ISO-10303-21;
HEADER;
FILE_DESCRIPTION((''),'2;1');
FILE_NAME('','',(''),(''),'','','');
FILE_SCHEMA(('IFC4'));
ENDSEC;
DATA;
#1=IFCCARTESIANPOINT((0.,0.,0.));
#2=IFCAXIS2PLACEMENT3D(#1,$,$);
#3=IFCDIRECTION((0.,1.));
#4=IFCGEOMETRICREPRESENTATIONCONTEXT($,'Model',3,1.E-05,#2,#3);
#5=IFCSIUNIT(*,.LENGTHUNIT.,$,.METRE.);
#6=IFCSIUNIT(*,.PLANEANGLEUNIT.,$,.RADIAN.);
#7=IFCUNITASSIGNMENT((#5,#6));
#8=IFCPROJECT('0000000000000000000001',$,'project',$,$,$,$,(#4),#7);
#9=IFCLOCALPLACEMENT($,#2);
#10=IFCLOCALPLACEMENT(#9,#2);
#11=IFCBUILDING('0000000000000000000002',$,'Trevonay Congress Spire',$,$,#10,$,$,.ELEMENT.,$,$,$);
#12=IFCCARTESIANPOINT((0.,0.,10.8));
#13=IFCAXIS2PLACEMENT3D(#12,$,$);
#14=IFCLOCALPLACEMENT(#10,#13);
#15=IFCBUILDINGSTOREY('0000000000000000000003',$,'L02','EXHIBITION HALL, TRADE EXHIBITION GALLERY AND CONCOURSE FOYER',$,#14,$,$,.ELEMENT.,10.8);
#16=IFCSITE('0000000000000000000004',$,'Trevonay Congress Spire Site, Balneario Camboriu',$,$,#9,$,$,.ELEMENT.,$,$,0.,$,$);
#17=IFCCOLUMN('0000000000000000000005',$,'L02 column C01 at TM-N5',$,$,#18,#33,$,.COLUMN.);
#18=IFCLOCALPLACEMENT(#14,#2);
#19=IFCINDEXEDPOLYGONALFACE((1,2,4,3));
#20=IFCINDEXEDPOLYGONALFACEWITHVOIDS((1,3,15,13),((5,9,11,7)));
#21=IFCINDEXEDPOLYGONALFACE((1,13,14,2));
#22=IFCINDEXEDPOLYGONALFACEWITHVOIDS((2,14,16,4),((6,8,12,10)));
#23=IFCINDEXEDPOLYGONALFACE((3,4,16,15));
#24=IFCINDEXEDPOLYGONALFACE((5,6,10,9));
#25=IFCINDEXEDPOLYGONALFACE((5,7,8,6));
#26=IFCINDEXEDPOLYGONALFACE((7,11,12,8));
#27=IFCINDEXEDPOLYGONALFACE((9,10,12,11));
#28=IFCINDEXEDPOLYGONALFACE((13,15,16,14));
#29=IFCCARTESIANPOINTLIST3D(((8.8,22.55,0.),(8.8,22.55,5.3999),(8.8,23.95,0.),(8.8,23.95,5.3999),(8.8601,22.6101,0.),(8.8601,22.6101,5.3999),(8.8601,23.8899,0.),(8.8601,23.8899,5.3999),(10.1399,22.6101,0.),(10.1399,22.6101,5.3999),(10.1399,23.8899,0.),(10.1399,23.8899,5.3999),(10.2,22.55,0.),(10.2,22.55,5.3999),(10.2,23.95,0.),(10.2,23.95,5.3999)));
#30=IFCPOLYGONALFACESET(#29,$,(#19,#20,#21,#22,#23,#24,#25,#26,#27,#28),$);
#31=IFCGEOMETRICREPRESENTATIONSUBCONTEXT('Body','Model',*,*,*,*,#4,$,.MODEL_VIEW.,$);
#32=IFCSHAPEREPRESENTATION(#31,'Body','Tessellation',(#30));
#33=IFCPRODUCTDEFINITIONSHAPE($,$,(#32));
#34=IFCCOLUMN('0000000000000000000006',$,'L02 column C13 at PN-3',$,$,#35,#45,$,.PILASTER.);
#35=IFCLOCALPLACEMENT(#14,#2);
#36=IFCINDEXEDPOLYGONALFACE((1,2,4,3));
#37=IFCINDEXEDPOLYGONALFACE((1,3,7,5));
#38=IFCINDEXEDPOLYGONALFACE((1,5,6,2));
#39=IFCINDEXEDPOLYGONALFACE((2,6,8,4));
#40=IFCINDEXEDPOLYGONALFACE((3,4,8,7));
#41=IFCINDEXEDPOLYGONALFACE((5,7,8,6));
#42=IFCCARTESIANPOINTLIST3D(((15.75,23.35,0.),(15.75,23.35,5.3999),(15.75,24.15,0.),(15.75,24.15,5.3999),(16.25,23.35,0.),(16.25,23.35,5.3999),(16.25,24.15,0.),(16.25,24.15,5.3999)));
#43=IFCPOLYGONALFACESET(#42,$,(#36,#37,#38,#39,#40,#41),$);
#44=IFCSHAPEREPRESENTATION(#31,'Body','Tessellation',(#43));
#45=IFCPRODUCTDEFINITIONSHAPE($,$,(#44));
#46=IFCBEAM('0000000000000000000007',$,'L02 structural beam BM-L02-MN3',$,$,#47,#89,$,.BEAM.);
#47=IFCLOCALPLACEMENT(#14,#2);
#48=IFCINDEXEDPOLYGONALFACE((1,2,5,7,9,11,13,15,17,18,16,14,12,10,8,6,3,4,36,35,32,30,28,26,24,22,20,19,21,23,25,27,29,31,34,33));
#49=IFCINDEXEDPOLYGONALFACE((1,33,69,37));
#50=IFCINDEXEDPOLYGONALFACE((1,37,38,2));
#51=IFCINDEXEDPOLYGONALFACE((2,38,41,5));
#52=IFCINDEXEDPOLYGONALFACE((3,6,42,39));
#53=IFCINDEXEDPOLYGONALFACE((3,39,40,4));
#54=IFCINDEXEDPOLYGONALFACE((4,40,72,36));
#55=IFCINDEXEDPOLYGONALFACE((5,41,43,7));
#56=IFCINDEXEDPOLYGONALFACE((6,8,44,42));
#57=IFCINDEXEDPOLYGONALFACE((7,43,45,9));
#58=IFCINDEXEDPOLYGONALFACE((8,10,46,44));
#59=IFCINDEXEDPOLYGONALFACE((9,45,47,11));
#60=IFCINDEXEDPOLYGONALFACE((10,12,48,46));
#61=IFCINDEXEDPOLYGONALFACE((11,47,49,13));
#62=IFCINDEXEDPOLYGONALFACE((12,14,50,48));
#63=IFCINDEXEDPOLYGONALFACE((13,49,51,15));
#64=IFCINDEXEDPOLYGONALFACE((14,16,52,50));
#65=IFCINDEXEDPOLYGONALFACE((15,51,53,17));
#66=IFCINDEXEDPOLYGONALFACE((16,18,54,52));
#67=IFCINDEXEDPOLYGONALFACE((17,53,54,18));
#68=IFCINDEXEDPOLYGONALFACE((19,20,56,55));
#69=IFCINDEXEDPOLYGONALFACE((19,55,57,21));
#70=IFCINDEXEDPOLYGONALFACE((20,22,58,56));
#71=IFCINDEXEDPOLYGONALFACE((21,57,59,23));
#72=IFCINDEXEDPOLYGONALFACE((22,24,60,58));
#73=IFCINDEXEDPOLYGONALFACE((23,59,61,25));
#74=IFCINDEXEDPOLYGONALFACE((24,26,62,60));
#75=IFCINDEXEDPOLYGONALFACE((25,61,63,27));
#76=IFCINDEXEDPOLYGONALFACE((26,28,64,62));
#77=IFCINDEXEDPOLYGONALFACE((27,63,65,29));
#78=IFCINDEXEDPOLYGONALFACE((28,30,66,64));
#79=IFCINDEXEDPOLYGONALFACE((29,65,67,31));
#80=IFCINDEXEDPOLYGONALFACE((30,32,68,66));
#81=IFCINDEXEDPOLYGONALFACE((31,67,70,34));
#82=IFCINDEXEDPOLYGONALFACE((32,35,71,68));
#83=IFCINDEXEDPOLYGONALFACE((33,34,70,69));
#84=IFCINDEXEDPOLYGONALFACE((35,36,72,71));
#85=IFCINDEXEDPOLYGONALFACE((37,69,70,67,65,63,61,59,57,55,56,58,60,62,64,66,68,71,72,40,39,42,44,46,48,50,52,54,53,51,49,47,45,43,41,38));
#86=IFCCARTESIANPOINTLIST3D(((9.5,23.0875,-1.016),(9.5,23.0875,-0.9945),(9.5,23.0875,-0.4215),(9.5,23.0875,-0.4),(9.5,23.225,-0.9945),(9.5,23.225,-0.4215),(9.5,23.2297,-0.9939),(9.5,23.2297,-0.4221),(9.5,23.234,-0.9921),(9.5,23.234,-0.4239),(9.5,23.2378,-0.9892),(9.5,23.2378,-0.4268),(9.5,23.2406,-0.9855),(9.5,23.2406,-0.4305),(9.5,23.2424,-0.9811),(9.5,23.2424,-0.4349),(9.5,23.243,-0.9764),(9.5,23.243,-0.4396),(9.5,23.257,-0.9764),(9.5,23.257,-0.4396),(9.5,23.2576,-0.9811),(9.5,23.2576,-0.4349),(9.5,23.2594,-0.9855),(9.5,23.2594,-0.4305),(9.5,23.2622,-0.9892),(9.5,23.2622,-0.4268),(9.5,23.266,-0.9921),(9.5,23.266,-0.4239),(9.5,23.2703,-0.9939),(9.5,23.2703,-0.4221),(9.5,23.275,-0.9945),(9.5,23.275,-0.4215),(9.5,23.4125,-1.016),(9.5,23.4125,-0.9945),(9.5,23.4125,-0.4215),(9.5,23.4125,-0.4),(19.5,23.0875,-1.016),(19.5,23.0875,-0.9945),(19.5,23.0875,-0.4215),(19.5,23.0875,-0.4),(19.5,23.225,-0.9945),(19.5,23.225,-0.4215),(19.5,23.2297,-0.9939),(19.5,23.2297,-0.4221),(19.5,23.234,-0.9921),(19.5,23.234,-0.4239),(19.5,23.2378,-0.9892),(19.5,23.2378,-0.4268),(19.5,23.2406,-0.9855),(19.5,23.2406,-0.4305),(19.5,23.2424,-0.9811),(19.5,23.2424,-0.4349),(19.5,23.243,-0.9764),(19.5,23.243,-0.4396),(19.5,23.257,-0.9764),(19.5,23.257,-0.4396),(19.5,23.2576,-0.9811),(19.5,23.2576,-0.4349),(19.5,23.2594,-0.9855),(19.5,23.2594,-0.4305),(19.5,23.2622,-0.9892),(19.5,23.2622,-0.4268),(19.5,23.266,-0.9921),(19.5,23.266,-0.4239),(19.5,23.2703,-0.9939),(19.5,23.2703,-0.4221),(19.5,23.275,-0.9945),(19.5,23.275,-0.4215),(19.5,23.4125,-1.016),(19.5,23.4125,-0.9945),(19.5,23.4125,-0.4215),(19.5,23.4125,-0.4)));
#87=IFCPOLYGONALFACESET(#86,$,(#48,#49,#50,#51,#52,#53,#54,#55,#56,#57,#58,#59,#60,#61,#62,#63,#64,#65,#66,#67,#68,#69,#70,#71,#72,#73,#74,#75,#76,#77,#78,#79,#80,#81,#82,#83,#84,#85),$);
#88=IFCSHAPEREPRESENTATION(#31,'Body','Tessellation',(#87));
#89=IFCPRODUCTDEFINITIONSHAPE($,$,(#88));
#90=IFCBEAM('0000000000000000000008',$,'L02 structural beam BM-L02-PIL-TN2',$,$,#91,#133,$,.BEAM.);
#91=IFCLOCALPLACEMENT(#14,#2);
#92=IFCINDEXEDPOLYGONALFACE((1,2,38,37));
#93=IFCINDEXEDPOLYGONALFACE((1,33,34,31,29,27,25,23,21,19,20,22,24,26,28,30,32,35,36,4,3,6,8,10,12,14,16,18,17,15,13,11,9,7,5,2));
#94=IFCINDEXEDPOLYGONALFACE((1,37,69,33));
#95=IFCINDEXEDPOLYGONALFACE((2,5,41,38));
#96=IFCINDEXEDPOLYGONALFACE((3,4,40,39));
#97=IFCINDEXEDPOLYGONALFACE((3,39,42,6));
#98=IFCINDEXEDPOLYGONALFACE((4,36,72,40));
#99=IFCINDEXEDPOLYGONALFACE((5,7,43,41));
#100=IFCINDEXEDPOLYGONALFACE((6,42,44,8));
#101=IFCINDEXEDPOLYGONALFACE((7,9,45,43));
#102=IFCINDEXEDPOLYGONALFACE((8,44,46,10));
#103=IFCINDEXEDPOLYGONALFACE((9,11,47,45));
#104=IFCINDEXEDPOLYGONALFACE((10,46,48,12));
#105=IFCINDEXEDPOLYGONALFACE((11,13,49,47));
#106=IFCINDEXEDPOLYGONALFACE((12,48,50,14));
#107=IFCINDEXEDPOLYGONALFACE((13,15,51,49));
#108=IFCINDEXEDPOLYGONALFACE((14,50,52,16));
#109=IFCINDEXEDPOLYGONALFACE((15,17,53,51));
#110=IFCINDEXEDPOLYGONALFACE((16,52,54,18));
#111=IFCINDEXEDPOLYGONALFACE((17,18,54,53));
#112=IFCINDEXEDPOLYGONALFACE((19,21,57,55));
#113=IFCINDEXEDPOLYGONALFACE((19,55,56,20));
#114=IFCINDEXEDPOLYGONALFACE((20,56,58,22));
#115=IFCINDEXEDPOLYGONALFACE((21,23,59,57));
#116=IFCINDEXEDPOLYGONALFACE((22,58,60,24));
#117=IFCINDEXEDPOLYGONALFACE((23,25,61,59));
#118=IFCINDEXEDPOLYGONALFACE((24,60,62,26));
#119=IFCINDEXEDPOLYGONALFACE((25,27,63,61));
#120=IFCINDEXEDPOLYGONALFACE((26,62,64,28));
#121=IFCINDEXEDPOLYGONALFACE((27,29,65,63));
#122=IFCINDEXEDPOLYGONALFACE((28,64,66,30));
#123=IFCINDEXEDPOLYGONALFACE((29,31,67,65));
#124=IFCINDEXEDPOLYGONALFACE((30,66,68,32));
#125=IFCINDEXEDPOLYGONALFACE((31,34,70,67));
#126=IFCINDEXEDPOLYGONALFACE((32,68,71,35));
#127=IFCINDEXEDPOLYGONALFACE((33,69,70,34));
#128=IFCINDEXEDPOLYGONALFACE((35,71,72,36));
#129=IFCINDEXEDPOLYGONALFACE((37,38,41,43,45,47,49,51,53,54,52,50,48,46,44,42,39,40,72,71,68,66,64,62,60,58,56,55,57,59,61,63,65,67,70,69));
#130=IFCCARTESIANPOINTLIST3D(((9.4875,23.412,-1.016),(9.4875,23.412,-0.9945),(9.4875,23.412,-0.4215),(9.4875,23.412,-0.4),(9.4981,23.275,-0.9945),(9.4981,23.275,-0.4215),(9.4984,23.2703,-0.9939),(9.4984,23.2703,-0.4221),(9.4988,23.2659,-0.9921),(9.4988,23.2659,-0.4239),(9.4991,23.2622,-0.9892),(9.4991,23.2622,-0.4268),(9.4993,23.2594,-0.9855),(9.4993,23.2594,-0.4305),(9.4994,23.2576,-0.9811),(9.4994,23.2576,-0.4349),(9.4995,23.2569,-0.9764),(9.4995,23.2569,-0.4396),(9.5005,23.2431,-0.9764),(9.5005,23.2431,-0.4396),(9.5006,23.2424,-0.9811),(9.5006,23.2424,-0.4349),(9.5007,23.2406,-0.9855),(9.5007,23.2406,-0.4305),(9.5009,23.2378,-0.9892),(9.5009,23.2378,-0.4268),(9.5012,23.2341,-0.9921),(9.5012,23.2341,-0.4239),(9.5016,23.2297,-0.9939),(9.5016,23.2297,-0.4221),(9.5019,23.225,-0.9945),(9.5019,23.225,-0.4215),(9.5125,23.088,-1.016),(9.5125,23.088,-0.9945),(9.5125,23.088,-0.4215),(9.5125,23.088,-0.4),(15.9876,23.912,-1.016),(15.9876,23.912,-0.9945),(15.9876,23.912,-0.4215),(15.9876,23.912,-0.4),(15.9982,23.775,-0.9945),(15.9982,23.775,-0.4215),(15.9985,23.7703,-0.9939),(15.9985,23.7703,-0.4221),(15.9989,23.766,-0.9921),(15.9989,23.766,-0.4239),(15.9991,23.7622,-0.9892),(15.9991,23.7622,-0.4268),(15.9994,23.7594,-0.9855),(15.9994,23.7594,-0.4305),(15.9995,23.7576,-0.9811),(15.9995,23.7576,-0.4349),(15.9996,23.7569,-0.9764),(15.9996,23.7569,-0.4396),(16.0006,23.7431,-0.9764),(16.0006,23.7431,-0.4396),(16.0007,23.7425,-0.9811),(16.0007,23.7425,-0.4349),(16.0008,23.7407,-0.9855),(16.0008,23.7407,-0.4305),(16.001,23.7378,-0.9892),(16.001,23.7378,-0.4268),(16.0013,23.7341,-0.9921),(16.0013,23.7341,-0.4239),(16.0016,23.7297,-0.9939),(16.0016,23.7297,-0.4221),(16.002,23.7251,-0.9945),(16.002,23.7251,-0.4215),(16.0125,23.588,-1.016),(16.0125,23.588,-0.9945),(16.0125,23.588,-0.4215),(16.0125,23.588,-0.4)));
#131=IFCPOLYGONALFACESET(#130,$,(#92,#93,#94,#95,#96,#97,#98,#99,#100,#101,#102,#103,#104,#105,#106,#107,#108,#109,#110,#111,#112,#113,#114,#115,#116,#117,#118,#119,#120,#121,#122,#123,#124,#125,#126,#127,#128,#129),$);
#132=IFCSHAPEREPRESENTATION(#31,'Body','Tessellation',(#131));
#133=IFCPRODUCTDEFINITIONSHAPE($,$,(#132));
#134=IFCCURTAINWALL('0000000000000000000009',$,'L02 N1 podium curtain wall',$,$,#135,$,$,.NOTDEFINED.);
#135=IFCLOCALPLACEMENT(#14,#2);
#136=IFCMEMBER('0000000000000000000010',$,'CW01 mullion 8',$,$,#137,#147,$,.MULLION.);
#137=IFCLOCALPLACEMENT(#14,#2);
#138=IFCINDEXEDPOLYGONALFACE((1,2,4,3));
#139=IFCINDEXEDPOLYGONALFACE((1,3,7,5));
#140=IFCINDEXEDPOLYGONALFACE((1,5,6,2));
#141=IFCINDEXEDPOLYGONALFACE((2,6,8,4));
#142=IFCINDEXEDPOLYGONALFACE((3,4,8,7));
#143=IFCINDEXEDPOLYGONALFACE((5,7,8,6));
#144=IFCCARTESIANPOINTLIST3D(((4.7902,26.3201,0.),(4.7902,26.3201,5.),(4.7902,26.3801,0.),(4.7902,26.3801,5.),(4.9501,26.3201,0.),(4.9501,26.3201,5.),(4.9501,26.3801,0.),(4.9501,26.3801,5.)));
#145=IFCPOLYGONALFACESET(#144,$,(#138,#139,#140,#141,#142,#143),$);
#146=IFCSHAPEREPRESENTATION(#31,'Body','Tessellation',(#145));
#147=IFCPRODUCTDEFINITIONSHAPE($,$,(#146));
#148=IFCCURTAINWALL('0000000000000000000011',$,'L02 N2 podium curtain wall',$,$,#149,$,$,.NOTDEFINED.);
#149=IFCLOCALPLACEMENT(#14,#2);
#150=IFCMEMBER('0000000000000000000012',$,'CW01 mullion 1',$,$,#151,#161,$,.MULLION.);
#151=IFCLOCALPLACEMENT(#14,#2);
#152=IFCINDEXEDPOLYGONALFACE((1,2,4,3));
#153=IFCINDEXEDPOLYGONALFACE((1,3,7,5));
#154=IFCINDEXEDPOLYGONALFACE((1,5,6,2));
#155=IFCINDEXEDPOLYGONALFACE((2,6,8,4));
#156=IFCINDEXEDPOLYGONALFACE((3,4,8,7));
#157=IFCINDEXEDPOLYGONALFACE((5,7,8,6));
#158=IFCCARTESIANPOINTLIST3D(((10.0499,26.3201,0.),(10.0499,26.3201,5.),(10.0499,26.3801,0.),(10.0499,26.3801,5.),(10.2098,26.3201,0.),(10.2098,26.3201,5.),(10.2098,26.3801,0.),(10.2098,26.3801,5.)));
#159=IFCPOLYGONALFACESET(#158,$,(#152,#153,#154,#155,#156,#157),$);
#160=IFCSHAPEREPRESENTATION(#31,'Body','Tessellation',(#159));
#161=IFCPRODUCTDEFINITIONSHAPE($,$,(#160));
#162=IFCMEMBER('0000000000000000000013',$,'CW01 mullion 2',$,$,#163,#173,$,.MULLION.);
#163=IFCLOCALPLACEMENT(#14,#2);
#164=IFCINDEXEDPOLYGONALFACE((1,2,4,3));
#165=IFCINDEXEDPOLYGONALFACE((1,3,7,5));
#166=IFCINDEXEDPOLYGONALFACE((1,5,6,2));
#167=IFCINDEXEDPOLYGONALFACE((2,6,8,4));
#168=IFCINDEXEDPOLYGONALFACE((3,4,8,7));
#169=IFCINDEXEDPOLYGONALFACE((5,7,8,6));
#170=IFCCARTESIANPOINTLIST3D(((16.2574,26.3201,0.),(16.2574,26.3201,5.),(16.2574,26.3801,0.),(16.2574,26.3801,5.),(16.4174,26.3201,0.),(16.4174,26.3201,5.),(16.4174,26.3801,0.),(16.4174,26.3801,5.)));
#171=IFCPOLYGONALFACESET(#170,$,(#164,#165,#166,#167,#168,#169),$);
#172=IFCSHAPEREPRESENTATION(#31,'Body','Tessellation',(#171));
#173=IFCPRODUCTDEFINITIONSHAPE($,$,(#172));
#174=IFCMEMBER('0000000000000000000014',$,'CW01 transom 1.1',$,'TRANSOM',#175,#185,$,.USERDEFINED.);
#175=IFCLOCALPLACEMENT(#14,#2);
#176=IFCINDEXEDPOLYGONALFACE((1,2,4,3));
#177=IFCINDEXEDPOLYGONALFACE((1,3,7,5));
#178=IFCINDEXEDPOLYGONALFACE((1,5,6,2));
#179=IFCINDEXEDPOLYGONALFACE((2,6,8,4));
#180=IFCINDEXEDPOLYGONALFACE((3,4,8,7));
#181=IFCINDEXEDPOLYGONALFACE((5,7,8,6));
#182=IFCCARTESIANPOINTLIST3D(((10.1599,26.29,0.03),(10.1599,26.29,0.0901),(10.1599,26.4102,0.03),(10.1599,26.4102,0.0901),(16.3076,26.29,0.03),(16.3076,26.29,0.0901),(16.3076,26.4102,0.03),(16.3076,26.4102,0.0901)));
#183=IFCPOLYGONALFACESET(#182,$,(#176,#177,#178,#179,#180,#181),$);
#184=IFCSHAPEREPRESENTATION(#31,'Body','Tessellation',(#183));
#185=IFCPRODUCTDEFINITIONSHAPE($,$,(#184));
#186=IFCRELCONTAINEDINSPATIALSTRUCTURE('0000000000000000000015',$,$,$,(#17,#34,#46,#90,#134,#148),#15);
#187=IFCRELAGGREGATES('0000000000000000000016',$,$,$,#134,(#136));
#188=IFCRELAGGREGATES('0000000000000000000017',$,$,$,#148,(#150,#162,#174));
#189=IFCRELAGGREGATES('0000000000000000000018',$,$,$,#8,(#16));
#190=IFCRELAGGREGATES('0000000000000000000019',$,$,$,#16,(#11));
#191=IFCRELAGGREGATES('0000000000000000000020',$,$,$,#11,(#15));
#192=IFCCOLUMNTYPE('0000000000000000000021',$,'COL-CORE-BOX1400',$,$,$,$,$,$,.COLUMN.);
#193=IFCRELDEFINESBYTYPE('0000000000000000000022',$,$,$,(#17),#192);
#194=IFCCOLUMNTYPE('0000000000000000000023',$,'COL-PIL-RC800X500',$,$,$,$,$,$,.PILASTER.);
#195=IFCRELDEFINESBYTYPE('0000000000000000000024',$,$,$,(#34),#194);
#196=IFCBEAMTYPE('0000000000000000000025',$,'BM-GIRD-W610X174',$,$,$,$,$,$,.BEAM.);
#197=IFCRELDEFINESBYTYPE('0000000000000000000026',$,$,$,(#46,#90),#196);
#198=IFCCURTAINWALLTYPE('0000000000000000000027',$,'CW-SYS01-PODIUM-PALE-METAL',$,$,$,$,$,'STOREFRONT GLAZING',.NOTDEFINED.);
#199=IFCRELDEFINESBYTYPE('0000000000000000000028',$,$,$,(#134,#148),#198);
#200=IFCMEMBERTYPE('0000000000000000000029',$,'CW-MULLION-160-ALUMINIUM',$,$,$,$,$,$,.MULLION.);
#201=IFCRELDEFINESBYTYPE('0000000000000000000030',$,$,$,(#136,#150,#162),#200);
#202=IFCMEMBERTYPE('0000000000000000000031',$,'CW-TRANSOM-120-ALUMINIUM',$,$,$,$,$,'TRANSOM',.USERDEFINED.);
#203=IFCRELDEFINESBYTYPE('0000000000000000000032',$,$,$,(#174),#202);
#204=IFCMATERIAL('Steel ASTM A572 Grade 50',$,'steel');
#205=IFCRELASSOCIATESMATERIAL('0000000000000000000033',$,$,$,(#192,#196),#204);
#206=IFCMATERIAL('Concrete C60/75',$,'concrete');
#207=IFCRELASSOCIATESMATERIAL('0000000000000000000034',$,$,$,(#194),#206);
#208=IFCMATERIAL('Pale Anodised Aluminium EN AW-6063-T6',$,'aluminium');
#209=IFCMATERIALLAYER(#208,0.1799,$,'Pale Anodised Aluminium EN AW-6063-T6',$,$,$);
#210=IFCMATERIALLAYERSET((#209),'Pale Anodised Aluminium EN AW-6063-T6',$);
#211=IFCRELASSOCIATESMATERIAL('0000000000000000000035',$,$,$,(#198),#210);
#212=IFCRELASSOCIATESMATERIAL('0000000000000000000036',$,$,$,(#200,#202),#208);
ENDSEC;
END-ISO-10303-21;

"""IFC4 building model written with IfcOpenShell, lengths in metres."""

from ifc_helpers import new_model, si_unit, direction, frame, origin, origin_2d, place, context, subcontext, project, spatial, rectangle, hollow_rectangle, i_section, extrude, material, layer, layer_set, material_profile, profile_set, type_object, element, aggregate, save


model = new_model("IFC4")

# Units and contexts
model_context = context("Model", 3, precision=1e-05, world=origin(), true_north=direction((0.0, 1.0)))
body_context = subcontext(model_context, "Body", "Model", "MODEL_VIEW")
ifc_project = project(units=[si_unit("LENGTHUNIT", "METRE"), si_unit("PLANEANGLEUNIT", "RADIAN")], contexts=[model_context])

# Site, building, storey
site_placement = place(None, origin())
site = spatial("IfcSite", under=ifc_project, at=site_placement, Name="Trevonay Congress Spire Site, Balneario Camboriu", CompositionType="ELEMENT", RefElevation=0.0)
building_placement = place(site_placement, origin())
building = spatial("IfcBuilding", under=site, at=building_placement, Name="Trevonay Congress Spire", CompositionType="ELEMENT")
storey_placement = place(building_placement, frame((0.0, 0.0, 10.8)))
storey = spatial("IfcBuildingStorey", under=building, at=storey_placement, Name="L02", Description="EXHIBITION HALL, TRADE EXHIBITION GALLERY AND CONCOURSE FOYER", CompositionType="ELEMENT", Elevation=10.8)

# Columns
ifc_material_1 = material(Name="Steel ASTM A572 Grade 50", Category="steel")
ifc_material_profile_1 = material_profile(ifc_material_1, hollow_rectangle(XDim=1.3999, YDim=1.3999, WallThickness=0.0601, at=origin_2d()), Name="BOX 1400x1400x60")
ifc_profile_set_1 = profile_set([ifc_material_profile_1], Name="Steel ASTM A572 Grade 50")
column_type_1 = type_object("IfcColumnType", Name="COL-CORE-BOX1400", PredefinedType="COLUMN", material=ifc_profile_set_1)
column_1_placement = place(storey_placement, frame((9.5, 23.25, 0.0), z_axis=(0.0, 0.0, 1.0), x_axis=(1.0, 0.0, 0.0)))
element("IfcColumn", 1, at=column_1_placement, inside=storey, type_object=column_type_1, Name="L02 column C01 at TM-N5", PredefinedType="COLUMN", context=body_context, shape_type="SweptSolid", body=[
    extrude(hollow_rectangle(XDim=1.3999, YDim=1.3999, WallThickness=0.0601, at=origin_2d()), origin(), (0.0, 0.0, 1.0), 5.3999),
])
ifc_material_2 = material(Name="Concrete C60/75", Category="concrete")
ifc_material_profile_2 = material_profile(ifc_material_2, rectangle(XDim=0.5, YDim=0.8, at=origin_2d()), Name="RC 800x500")
ifc_profile_set_2 = profile_set([ifc_material_profile_2], Name="Concrete C60/75")
column_type_2 = type_object("IfcColumnType", Name="COL-PIL-RC800X500", PredefinedType="PILASTER", material=ifc_profile_set_2)
column_2_placement = place(storey_placement, frame((16.0, 23.75, 0.0), z_axis=(0.0, 0.0, 1.0), x_axis=(1.0, 0.0, 0.0)))
element("IfcColumn", 2, at=column_2_placement, inside=storey, type_object=column_type_2, Name="L02 column C13 at PN-3", PredefinedType="PILASTER", context=body_context, shape_type="SweptSolid", body=[
    extrude(rectangle(XDim=0.5, YDim=0.8, at=origin_2d()), origin(), (0.0, 0.0, 1.0), 5.3999),
])

# Beams
ifc_material_profile_3 = material_profile(ifc_material_1, i_section(OverallWidth=0.325, OverallDepth=0.616, WebThickness=0.0139, FlangeThickness=0.0215, FilletRadius=0.0181, at=origin_2d()), Name="W610x174")
ifc_profile_set_3 = profile_set([ifc_material_profile_3], Name="Steel ASTM A572 Grade 50")
beam_type_1 = type_object("IfcBeamType", Name="BM-GIRD-W610X174", PredefinedType="BEAM", material=ifc_profile_set_3)
beam_1_placement = place(storey_placement, frame((9.5, 23.25, -0.708), z_axis=(1.0, 0.0, 0.0), x_axis=(0.0, 1.0, 0.0)))
element("IfcBeam", 3, at=beam_1_placement, inside=storey, type_object=beam_type_1, Name="L02 structural beam BM-L02-MN3", PredefinedType="BEAM", context=body_context, shape_type="SweptSolid", body=[
    extrude(i_section(OverallWidth=0.325, OverallDepth=0.616, WebThickness=0.0139, FlangeThickness=0.0215, FilletRadius=0.0181, at=origin_2d()), origin(), (0.0, 0.0, 1.0), 10.0),
])
beam_2_placement = place(storey_placement, frame((9.5, 23.25, -0.708), z_axis=(0.997054, 0.076696, 0.0), x_axis=(-0.076696, 0.997054, 0.0)))
element("IfcBeam", 4, at=beam_2_placement, inside=storey, type_object=beam_type_1, Name="L02 structural beam BM-L02-PIL-TN2", PredefinedType="BEAM", context=body_context, shape_type="SweptSolid", body=[
    extrude(i_section(OverallWidth=0.325, OverallDepth=0.616, WebThickness=0.0139, FlangeThickness=0.0215, FilletRadius=0.0181, at=origin_2d()), origin(), (0.0, 0.0, 1.0), 6.5193),
])

# Curtain wall, member
ifc_material_3 = material(Name="Pale Anodised Aluminium EN AW-6063-T6", Category="aluminium")
ifc_layer_1 = layer(ifc_material_3, 0.1799, Name="Pale Anodised Aluminium EN AW-6063-T6")
ifc_layer_set_1 = layer_set([ifc_layer_1], Name="Pale Anodised Aluminium EN AW-6063-T6")
curtain_wall_type = type_object("IfcCurtainWallType", Name="CW-SYS01-PODIUM-PALE-METAL", ElementType="STOREFRONT GLAZING", PredefinedType="NOTDEFINED", material=ifc_layer_set_1)
curtain_wall_1_placement = place(storey_placement, origin())
curtain_wall_1 = element("IfcCurtainWall", 5, at=curtain_wall_1_placement, inside=storey, type_object=curtain_wall_type, Name="L02 N1 podium curtain wall", PredefinedType="NOTDEFINED")
ifc_material_profile_4 = material_profile(ifc_material_3, rectangle(XDim=0.0601, YDim=0.1599, at=origin_2d()), Name="CW-MULLION-160-ALUMINIUM")
ifc_profile_set_4 = profile_set([ifc_material_profile_4], Name="Pale Anodised Aluminium EN AW-6063-T6")
member_type_1 = type_object("IfcMemberType", Name="CW-MULLION-160-ALUMINIUM", PredefinedType="MULLION", material=ifc_profile_set_4)
member_1_placement = place(storey_placement, frame((4.8701, 26.3501, 0.0), z_axis=(0.0, 0.0, 1.0), x_axis=(0.0, 1.0, 0.0)))
member_1 = element("IfcMember", 6, at=member_1_placement, type_object=member_type_1, Name="CW01 mullion 8", PredefinedType="MULLION", context=body_context, shape_type="SweptSolid", body=[
    extrude(rectangle(XDim=0.0601, YDim=0.1599, at=origin_2d()), origin(), (0.0, 0.0, 1.0), 5.0),
])

# Curtain wall, members
curtain_wall_2_placement = place(storey_placement, origin())
curtain_wall_2 = element("IfcCurtainWall", 7, at=curtain_wall_2_placement, inside=storey, type_object=curtain_wall_type, Name="L02 N2 podium curtain wall", PredefinedType="NOTDEFINED")
member_2_placement = place(storey_placement, frame((10.1299, 26.3501, 0.0), z_axis=(0.0, 0.0, 1.0), x_axis=(0.0, 1.0, 0.0)))
member_2 = element("IfcMember", 8, at=member_2_placement, type_object=member_type_1, Name="CW01 mullion 1", PredefinedType="MULLION", context=body_context, shape_type="SweptSolid", body=[
    extrude(rectangle(XDim=0.0601, YDim=0.1599, at=origin_2d()), origin(), (0.0, 0.0, 1.0), 5.0),
])
member_3_placement = place(storey_placement, frame((16.3374, 26.3501, 0.0), z_axis=(0.0, 0.0, 1.0), x_axis=(0.0, 1.0, 0.0)))
member_3 = element("IfcMember", 9, at=member_3_placement, type_object=member_type_1, Name="CW01 mullion 2", PredefinedType="MULLION", context=body_context, shape_type="SweptSolid", body=[
    extrude(rectangle(XDim=0.0601, YDim=0.1599, at=origin_2d()), origin(), (0.0, 0.0, 1.0), 5.0),
])
ifc_material_profile_5 = material_profile(ifc_material_3, rectangle(XDim=0.1201, YDim=0.0601, at=origin_2d()), Name="CW-TRANSOM-120-ALUMINIUM")
ifc_profile_set_5 = profile_set([ifc_material_profile_5], Name="Pale Anodised Aluminium EN AW-6063-T6")
member_type_2 = type_object("IfcMemberType", Name="CW-TRANSOM-120-ALUMINIUM", ElementType="TRANSOM", PredefinedType="USERDEFINED", material=ifc_profile_set_5)
member_4_placement = place(storey_placement, frame((10.1599, 26.3501, 0.0601), z_axis=(1.0, 0.0, 0.0), x_axis=(0.0, 1.0, 0.0)))
member_4 = element("IfcMember", 10, at=member_4_placement, type_object=member_type_2, Name="CW01 transom 1.1", ObjectType="TRANSOM", PredefinedType="USERDEFINED", context=body_context, shape_type="SweptSolid", body=[
    extrude(rectangle(XDim=0.1201, YDim=0.0601, at=origin_2d()), origin(), (0.0, 0.0, 1.0), 6.1477),
])

aggregate(curtain_wall_1, [member_1])
aggregate(curtain_wall_2, [member_2, member_3, member_4])

save(model, "model.ifc")
